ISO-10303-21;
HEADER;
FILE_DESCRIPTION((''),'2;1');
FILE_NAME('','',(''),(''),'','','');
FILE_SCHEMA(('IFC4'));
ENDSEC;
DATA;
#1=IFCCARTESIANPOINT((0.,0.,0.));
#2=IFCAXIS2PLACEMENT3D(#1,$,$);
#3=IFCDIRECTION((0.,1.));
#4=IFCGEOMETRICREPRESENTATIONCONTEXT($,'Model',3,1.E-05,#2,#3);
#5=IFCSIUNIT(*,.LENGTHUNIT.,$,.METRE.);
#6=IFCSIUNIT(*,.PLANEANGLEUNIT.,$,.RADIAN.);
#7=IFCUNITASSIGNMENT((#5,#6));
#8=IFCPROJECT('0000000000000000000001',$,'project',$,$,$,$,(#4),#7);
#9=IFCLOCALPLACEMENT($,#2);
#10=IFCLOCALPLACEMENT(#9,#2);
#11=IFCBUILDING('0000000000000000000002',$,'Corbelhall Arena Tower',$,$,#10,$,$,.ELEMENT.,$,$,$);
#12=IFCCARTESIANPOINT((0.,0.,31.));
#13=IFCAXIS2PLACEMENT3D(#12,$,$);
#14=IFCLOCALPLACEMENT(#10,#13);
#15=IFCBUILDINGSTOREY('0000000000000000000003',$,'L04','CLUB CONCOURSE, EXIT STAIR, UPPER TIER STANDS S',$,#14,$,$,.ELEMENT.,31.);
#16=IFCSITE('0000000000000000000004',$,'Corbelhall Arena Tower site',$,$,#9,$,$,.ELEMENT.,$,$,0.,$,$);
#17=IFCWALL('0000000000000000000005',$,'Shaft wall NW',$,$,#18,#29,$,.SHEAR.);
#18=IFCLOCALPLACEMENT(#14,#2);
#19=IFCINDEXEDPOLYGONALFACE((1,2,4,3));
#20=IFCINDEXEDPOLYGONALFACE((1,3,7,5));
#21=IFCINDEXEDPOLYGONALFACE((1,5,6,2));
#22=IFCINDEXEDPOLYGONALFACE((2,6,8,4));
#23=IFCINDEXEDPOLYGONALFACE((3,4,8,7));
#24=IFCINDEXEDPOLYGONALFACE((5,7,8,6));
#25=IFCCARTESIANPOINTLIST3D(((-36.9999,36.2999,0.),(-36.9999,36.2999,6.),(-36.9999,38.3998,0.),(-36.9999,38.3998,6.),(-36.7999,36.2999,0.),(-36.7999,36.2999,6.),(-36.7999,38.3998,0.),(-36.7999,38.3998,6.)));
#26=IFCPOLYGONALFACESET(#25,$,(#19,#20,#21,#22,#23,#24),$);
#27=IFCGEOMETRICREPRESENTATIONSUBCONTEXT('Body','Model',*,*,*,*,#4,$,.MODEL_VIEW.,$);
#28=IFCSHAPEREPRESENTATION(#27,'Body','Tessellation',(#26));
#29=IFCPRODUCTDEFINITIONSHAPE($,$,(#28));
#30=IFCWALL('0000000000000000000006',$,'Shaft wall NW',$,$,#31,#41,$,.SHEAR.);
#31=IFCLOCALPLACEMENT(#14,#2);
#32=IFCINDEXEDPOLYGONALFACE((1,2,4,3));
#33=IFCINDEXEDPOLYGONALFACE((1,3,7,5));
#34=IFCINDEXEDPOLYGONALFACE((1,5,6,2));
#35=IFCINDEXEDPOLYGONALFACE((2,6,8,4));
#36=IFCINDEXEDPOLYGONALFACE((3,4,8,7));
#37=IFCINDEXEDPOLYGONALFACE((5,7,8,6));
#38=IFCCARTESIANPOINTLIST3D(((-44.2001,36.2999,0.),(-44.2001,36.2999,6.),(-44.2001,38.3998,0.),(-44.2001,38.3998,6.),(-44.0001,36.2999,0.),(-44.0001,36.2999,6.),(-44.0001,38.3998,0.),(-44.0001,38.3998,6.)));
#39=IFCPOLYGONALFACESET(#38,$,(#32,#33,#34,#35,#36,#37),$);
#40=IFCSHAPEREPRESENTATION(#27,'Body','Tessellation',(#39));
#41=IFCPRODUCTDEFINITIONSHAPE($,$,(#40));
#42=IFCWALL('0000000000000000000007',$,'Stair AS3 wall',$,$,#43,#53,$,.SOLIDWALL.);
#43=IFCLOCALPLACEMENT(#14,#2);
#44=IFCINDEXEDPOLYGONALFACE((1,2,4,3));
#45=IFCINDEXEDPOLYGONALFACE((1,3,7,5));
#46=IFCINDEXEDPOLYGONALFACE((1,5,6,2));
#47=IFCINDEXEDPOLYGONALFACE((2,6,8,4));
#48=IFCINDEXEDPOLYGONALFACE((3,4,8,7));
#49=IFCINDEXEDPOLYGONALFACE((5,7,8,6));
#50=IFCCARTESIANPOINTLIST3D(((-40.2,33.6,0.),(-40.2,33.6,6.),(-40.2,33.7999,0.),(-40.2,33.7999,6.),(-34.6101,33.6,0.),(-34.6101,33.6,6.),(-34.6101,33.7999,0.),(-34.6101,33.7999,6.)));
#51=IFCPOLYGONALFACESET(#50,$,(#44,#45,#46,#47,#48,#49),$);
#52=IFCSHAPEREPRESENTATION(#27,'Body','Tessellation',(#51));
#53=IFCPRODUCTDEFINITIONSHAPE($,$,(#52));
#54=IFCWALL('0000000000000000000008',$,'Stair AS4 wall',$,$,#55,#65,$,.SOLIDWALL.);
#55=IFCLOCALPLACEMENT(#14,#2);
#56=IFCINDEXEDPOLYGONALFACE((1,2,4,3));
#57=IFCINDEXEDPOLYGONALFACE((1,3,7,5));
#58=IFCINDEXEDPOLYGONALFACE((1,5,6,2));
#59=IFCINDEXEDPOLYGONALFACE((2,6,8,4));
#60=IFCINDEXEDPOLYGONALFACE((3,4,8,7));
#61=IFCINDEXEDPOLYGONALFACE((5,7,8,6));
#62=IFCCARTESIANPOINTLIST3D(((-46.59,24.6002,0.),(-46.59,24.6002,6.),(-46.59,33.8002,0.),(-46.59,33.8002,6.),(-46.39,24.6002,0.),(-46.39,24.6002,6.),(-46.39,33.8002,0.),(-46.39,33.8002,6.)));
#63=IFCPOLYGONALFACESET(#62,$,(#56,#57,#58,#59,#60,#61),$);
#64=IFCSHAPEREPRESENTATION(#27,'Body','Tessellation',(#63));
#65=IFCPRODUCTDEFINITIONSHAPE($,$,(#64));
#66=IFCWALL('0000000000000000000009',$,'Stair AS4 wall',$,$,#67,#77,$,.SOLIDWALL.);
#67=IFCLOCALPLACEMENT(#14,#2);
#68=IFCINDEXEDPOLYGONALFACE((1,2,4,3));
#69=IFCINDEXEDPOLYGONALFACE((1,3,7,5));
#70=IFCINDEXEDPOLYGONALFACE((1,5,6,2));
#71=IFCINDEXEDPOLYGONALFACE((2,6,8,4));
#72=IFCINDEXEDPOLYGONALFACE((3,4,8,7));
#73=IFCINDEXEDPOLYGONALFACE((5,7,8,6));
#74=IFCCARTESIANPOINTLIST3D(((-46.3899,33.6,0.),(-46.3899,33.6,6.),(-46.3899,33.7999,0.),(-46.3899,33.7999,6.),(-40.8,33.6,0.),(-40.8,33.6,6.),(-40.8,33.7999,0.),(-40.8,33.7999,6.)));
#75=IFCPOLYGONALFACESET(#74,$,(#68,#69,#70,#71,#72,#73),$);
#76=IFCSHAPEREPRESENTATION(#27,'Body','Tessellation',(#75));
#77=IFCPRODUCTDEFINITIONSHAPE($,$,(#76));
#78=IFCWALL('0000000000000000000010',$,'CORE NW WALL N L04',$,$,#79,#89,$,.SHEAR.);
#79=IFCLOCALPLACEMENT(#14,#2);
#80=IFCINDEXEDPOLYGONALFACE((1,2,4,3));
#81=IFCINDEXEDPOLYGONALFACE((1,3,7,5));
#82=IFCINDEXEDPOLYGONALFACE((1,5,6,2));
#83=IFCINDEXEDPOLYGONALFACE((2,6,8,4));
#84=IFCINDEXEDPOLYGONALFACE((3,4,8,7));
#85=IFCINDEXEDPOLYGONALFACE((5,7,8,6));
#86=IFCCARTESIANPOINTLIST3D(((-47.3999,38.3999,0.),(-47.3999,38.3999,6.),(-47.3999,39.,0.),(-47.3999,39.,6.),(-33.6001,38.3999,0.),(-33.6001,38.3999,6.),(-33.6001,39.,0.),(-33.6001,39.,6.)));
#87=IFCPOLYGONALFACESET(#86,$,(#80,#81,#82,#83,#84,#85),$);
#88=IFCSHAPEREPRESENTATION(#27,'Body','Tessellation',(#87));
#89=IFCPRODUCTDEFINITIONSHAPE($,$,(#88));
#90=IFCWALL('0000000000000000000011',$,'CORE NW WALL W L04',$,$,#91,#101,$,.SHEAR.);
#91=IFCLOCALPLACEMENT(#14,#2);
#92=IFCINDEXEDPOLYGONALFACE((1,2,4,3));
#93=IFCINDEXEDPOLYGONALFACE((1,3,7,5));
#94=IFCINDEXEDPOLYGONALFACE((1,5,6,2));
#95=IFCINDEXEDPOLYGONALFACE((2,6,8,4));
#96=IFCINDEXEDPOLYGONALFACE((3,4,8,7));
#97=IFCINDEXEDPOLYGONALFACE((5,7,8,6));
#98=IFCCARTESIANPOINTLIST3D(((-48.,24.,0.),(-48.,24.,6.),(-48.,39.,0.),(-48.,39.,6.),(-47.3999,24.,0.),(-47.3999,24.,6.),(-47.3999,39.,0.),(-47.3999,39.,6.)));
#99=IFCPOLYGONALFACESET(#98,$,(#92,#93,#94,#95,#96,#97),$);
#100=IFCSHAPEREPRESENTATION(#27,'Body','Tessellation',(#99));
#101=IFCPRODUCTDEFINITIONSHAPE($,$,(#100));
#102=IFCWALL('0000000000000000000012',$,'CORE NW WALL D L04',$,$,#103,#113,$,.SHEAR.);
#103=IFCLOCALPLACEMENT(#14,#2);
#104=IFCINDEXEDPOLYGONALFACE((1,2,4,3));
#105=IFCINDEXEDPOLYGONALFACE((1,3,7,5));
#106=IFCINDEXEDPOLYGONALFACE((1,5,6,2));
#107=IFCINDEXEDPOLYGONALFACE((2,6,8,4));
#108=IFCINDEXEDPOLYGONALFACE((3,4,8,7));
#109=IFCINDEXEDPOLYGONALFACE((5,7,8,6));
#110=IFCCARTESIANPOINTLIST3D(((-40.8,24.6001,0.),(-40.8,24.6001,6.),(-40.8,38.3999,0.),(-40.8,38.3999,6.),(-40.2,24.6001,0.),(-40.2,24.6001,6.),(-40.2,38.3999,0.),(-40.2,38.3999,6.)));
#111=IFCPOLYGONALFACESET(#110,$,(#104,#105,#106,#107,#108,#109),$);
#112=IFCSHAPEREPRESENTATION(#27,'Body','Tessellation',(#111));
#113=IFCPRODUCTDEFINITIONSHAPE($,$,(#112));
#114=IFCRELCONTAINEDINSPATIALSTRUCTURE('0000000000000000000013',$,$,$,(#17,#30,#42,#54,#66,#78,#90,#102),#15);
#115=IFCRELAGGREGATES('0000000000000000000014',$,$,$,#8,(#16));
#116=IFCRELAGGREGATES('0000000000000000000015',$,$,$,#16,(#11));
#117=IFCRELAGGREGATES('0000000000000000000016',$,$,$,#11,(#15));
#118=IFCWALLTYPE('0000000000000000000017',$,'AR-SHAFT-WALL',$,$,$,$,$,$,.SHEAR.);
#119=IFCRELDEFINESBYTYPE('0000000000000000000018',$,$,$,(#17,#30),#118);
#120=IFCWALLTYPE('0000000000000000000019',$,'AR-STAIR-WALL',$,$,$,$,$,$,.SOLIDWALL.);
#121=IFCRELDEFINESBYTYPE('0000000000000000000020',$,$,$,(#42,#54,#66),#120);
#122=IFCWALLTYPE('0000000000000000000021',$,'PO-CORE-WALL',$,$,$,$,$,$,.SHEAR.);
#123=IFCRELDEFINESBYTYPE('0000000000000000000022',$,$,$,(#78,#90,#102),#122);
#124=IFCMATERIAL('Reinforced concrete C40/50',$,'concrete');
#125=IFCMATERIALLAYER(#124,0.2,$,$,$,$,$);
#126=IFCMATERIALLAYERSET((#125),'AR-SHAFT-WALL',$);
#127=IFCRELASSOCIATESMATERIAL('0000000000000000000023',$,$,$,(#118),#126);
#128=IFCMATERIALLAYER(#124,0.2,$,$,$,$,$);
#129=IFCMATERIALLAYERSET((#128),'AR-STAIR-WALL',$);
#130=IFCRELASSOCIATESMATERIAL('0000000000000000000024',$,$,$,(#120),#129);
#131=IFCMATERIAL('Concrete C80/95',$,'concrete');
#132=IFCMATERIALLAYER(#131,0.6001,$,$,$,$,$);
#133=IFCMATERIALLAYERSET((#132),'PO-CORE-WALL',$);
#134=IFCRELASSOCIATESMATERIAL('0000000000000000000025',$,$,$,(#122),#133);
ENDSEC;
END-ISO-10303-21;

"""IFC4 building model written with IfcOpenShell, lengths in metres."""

from ifc_helpers import new_model, si_unit, direction, frame, frame_2d, origin, place, context, subcontext, project, spatial, rectangle, extrude, material, layer, layer_set, type_object, element, save


model = new_model("IFC4")

# Units and contexts
model_context = context("Model", 3, precision=1e-05, world=origin(), true_north=direction((0.0, 1.0)))
body_context = subcontext(model_context, "Body", "Model", "MODEL_VIEW")
ifc_project = project(units=[si_unit("LENGTHUNIT", "METRE"), si_unit("PLANEANGLEUNIT", "RADIAN")], contexts=[model_context])

# Site, building, storey
site_placement = place(None, origin())
site = spatial("IfcSite", under=ifc_project, at=site_placement, Name="Corbelhall Arena Tower site", CompositionType="ELEMENT", RefElevation=0.0)
building_placement = place(site_placement, origin())
building = spatial("IfcBuilding", under=site, at=building_placement, Name="Corbelhall Arena Tower", CompositionType="ELEMENT")
storey_placement = place(building_placement, frame((0.0, 0.0, 31.0)))
storey = spatial("IfcBuildingStorey", under=building, at=storey_placement, Name="L04", Description="CLUB CONCOURSE, EXIT STAIR, UPPER TIER STANDS S", CompositionType="ELEMENT", Elevation=31.0)

# Shared definitions
ifc_material_1 = material(Name="Reinforced concrete C40/50", Category="concrete")
ifc_layer_1 = layer(ifc_material_1, 0.2)
ifc_layer_set_1 = layer_set([ifc_layer_1], Name="AR-SHAFT-WALL")
wall_type_1 = type_object("IfcWallType", Name="AR-SHAFT-WALL", PredefinedType="SHEAR", material=ifc_layer_set_1)

# Walls
for number, where, z_axis, x_axis, name in (
    (1, (-36.8999, 36.3, 0.0), (0.0, 0.0, 1.0), (0.0, 1.0, 0.0), "Shaft wall NW"),
    (2, (-44.1001, 36.3, 0.0), (0.0, 0.0, 1.0), (0.0, 1.0, 0.0), "Shaft wall NW"),
):
    element("IfcWall", number, at=place(storey_placement, frame(where, z_axis=z_axis, x_axis=x_axis)), inside=storey, type_object=wall_type_1, Name=name, PredefinedType="SHEAR", context=body_context, shape_type="SweptSolid", body=[
        extrude(rectangle(XDim=2.0999, YDim=0.2, at=frame_2d((1.0498, 0.0))), origin(), (0.0, 0.0, 1.0), 6.0),
    ])
ifc_layer_2 = layer(ifc_material_1, 0.2)
ifc_layer_set_2 = layer_set([ifc_layer_2], Name="AR-STAIR-WALL")
wall_type_2 = type_object("IfcWallType", Name="AR-STAIR-WALL", PredefinedType="SOLIDWALL", material=ifc_layer_set_2)
wall_1_placement = place(storey_placement, frame((-40.2, 33.7, 0.0), z_axis=(0.0, 0.0, 1.0), x_axis=(1.0, 0.0, 0.0)))
element("IfcWall", 3, at=wall_1_placement, inside=storey, type_object=wall_type_2, Name="Stair AS3 wall", PredefinedType="SOLIDWALL", context=body_context, shape_type="SweptSolid", body=[
    extrude(rectangle(XDim=5.5898, YDim=0.2, at=frame_2d((2.7949, 0.0))), origin(), (0.0, 0.0, 1.0), 6.0),
])
wall_2_placement = place(storey_placement, frame((-46.49, 24.6001, 0.0), z_axis=(0.0, 0.0, 1.0), x_axis=(0.0, 1.0, 0.0)))
element("IfcWall", 4, at=wall_2_placement, inside=storey, type_object=wall_type_2, Name="Stair AS4 wall", PredefinedType="SOLIDWALL", context=body_context, shape_type="SweptSolid", body=[
    extrude(rectangle(XDim=9.2, YDim=0.2, at=frame_2d((4.6001, 0.0))), origin(), (0.0, 0.0, 1.0), 6.0),
])
wall_3_placement = place(storey_placement, frame((-46.3899, 33.7, 0.0), z_axis=(0.0, 0.0, 1.0), x_axis=(1.0, 0.0, 0.0)))
element("IfcWall", 5, at=wall_3_placement, inside=storey, type_object=wall_type_2, Name="Stair AS4 wall", PredefinedType="SOLIDWALL", context=body_context, shape_type="SweptSolid", body=[
    extrude(rectangle(XDim=5.5898, YDim=0.2, at=frame_2d((2.7949, 0.0))), origin(), (0.0, 0.0, 1.0), 6.0),
])
ifc_material_2 = material(Name="Concrete C80/95", Category="concrete")
ifc_layer_3 = layer(ifc_material_2, 0.6001)
ifc_layer_set_3 = layer_set([ifc_layer_3], Name="PO-CORE-WALL")
wall_type_3 = type_object("IfcWallType", Name="PO-CORE-WALL", PredefinedType="SHEAR", material=ifc_layer_set_3)
wall_4_placement = place(storey_placement, frame((-47.3999, 38.7, 0.0), z_axis=(0.0, 0.0, 1.0), x_axis=(1.0, 0.0, 0.0)))
element("IfcWall", 6, at=wall_4_placement, inside=storey, type_object=wall_type_3, Name="CORE NW WALL N L04", PredefinedType="SHEAR", context=body_context, shape_type="SweptSolid", body=[
    extrude(rectangle(XDim=13.7998, YDim=0.6001, at=frame_2d((6.8999, 0.0))), origin(), (0.0, 0.0, 1.0), 6.0),
])

# Walls
wall_5_placement = place(storey_placement, frame((-47.7, 24.0, 0.0), z_axis=(0.0, 0.0, 1.0), x_axis=(0.0, 1.0, 0.0)))
element("IfcWall", 7, at=wall_5_placement, inside=storey, type_object=wall_type_3, Name="CORE NW WALL W L04", PredefinedType="SHEAR", context=body_context, shape_type="SweptSolid", body=[
    extrude(rectangle(XDim=15.0, YDim=0.6001, at=frame_2d((7.5, 0.0))), origin(), (0.0, 0.0, 1.0), 6.0),
])
wall_6_placement = place(storey_placement, frame((-40.5, 24.6001, 0.0), z_axis=(0.0, 0.0, 1.0), x_axis=(0.0, 1.0, 0.0)))
element("IfcWall", 8, at=wall_6_placement, inside=storey, type_object=wall_type_3, Name="CORE NW WALL D L04", PredefinedType="SHEAR", context=body_context, shape_type="SweptSolid", body=[
    extrude(rectangle(XDim=13.7998, YDim=0.6001, at=frame_2d((6.8999, 0.0))), origin(), (0.0, 0.0, 1.0), 6.0),
])

save(model, "model.ifc")
